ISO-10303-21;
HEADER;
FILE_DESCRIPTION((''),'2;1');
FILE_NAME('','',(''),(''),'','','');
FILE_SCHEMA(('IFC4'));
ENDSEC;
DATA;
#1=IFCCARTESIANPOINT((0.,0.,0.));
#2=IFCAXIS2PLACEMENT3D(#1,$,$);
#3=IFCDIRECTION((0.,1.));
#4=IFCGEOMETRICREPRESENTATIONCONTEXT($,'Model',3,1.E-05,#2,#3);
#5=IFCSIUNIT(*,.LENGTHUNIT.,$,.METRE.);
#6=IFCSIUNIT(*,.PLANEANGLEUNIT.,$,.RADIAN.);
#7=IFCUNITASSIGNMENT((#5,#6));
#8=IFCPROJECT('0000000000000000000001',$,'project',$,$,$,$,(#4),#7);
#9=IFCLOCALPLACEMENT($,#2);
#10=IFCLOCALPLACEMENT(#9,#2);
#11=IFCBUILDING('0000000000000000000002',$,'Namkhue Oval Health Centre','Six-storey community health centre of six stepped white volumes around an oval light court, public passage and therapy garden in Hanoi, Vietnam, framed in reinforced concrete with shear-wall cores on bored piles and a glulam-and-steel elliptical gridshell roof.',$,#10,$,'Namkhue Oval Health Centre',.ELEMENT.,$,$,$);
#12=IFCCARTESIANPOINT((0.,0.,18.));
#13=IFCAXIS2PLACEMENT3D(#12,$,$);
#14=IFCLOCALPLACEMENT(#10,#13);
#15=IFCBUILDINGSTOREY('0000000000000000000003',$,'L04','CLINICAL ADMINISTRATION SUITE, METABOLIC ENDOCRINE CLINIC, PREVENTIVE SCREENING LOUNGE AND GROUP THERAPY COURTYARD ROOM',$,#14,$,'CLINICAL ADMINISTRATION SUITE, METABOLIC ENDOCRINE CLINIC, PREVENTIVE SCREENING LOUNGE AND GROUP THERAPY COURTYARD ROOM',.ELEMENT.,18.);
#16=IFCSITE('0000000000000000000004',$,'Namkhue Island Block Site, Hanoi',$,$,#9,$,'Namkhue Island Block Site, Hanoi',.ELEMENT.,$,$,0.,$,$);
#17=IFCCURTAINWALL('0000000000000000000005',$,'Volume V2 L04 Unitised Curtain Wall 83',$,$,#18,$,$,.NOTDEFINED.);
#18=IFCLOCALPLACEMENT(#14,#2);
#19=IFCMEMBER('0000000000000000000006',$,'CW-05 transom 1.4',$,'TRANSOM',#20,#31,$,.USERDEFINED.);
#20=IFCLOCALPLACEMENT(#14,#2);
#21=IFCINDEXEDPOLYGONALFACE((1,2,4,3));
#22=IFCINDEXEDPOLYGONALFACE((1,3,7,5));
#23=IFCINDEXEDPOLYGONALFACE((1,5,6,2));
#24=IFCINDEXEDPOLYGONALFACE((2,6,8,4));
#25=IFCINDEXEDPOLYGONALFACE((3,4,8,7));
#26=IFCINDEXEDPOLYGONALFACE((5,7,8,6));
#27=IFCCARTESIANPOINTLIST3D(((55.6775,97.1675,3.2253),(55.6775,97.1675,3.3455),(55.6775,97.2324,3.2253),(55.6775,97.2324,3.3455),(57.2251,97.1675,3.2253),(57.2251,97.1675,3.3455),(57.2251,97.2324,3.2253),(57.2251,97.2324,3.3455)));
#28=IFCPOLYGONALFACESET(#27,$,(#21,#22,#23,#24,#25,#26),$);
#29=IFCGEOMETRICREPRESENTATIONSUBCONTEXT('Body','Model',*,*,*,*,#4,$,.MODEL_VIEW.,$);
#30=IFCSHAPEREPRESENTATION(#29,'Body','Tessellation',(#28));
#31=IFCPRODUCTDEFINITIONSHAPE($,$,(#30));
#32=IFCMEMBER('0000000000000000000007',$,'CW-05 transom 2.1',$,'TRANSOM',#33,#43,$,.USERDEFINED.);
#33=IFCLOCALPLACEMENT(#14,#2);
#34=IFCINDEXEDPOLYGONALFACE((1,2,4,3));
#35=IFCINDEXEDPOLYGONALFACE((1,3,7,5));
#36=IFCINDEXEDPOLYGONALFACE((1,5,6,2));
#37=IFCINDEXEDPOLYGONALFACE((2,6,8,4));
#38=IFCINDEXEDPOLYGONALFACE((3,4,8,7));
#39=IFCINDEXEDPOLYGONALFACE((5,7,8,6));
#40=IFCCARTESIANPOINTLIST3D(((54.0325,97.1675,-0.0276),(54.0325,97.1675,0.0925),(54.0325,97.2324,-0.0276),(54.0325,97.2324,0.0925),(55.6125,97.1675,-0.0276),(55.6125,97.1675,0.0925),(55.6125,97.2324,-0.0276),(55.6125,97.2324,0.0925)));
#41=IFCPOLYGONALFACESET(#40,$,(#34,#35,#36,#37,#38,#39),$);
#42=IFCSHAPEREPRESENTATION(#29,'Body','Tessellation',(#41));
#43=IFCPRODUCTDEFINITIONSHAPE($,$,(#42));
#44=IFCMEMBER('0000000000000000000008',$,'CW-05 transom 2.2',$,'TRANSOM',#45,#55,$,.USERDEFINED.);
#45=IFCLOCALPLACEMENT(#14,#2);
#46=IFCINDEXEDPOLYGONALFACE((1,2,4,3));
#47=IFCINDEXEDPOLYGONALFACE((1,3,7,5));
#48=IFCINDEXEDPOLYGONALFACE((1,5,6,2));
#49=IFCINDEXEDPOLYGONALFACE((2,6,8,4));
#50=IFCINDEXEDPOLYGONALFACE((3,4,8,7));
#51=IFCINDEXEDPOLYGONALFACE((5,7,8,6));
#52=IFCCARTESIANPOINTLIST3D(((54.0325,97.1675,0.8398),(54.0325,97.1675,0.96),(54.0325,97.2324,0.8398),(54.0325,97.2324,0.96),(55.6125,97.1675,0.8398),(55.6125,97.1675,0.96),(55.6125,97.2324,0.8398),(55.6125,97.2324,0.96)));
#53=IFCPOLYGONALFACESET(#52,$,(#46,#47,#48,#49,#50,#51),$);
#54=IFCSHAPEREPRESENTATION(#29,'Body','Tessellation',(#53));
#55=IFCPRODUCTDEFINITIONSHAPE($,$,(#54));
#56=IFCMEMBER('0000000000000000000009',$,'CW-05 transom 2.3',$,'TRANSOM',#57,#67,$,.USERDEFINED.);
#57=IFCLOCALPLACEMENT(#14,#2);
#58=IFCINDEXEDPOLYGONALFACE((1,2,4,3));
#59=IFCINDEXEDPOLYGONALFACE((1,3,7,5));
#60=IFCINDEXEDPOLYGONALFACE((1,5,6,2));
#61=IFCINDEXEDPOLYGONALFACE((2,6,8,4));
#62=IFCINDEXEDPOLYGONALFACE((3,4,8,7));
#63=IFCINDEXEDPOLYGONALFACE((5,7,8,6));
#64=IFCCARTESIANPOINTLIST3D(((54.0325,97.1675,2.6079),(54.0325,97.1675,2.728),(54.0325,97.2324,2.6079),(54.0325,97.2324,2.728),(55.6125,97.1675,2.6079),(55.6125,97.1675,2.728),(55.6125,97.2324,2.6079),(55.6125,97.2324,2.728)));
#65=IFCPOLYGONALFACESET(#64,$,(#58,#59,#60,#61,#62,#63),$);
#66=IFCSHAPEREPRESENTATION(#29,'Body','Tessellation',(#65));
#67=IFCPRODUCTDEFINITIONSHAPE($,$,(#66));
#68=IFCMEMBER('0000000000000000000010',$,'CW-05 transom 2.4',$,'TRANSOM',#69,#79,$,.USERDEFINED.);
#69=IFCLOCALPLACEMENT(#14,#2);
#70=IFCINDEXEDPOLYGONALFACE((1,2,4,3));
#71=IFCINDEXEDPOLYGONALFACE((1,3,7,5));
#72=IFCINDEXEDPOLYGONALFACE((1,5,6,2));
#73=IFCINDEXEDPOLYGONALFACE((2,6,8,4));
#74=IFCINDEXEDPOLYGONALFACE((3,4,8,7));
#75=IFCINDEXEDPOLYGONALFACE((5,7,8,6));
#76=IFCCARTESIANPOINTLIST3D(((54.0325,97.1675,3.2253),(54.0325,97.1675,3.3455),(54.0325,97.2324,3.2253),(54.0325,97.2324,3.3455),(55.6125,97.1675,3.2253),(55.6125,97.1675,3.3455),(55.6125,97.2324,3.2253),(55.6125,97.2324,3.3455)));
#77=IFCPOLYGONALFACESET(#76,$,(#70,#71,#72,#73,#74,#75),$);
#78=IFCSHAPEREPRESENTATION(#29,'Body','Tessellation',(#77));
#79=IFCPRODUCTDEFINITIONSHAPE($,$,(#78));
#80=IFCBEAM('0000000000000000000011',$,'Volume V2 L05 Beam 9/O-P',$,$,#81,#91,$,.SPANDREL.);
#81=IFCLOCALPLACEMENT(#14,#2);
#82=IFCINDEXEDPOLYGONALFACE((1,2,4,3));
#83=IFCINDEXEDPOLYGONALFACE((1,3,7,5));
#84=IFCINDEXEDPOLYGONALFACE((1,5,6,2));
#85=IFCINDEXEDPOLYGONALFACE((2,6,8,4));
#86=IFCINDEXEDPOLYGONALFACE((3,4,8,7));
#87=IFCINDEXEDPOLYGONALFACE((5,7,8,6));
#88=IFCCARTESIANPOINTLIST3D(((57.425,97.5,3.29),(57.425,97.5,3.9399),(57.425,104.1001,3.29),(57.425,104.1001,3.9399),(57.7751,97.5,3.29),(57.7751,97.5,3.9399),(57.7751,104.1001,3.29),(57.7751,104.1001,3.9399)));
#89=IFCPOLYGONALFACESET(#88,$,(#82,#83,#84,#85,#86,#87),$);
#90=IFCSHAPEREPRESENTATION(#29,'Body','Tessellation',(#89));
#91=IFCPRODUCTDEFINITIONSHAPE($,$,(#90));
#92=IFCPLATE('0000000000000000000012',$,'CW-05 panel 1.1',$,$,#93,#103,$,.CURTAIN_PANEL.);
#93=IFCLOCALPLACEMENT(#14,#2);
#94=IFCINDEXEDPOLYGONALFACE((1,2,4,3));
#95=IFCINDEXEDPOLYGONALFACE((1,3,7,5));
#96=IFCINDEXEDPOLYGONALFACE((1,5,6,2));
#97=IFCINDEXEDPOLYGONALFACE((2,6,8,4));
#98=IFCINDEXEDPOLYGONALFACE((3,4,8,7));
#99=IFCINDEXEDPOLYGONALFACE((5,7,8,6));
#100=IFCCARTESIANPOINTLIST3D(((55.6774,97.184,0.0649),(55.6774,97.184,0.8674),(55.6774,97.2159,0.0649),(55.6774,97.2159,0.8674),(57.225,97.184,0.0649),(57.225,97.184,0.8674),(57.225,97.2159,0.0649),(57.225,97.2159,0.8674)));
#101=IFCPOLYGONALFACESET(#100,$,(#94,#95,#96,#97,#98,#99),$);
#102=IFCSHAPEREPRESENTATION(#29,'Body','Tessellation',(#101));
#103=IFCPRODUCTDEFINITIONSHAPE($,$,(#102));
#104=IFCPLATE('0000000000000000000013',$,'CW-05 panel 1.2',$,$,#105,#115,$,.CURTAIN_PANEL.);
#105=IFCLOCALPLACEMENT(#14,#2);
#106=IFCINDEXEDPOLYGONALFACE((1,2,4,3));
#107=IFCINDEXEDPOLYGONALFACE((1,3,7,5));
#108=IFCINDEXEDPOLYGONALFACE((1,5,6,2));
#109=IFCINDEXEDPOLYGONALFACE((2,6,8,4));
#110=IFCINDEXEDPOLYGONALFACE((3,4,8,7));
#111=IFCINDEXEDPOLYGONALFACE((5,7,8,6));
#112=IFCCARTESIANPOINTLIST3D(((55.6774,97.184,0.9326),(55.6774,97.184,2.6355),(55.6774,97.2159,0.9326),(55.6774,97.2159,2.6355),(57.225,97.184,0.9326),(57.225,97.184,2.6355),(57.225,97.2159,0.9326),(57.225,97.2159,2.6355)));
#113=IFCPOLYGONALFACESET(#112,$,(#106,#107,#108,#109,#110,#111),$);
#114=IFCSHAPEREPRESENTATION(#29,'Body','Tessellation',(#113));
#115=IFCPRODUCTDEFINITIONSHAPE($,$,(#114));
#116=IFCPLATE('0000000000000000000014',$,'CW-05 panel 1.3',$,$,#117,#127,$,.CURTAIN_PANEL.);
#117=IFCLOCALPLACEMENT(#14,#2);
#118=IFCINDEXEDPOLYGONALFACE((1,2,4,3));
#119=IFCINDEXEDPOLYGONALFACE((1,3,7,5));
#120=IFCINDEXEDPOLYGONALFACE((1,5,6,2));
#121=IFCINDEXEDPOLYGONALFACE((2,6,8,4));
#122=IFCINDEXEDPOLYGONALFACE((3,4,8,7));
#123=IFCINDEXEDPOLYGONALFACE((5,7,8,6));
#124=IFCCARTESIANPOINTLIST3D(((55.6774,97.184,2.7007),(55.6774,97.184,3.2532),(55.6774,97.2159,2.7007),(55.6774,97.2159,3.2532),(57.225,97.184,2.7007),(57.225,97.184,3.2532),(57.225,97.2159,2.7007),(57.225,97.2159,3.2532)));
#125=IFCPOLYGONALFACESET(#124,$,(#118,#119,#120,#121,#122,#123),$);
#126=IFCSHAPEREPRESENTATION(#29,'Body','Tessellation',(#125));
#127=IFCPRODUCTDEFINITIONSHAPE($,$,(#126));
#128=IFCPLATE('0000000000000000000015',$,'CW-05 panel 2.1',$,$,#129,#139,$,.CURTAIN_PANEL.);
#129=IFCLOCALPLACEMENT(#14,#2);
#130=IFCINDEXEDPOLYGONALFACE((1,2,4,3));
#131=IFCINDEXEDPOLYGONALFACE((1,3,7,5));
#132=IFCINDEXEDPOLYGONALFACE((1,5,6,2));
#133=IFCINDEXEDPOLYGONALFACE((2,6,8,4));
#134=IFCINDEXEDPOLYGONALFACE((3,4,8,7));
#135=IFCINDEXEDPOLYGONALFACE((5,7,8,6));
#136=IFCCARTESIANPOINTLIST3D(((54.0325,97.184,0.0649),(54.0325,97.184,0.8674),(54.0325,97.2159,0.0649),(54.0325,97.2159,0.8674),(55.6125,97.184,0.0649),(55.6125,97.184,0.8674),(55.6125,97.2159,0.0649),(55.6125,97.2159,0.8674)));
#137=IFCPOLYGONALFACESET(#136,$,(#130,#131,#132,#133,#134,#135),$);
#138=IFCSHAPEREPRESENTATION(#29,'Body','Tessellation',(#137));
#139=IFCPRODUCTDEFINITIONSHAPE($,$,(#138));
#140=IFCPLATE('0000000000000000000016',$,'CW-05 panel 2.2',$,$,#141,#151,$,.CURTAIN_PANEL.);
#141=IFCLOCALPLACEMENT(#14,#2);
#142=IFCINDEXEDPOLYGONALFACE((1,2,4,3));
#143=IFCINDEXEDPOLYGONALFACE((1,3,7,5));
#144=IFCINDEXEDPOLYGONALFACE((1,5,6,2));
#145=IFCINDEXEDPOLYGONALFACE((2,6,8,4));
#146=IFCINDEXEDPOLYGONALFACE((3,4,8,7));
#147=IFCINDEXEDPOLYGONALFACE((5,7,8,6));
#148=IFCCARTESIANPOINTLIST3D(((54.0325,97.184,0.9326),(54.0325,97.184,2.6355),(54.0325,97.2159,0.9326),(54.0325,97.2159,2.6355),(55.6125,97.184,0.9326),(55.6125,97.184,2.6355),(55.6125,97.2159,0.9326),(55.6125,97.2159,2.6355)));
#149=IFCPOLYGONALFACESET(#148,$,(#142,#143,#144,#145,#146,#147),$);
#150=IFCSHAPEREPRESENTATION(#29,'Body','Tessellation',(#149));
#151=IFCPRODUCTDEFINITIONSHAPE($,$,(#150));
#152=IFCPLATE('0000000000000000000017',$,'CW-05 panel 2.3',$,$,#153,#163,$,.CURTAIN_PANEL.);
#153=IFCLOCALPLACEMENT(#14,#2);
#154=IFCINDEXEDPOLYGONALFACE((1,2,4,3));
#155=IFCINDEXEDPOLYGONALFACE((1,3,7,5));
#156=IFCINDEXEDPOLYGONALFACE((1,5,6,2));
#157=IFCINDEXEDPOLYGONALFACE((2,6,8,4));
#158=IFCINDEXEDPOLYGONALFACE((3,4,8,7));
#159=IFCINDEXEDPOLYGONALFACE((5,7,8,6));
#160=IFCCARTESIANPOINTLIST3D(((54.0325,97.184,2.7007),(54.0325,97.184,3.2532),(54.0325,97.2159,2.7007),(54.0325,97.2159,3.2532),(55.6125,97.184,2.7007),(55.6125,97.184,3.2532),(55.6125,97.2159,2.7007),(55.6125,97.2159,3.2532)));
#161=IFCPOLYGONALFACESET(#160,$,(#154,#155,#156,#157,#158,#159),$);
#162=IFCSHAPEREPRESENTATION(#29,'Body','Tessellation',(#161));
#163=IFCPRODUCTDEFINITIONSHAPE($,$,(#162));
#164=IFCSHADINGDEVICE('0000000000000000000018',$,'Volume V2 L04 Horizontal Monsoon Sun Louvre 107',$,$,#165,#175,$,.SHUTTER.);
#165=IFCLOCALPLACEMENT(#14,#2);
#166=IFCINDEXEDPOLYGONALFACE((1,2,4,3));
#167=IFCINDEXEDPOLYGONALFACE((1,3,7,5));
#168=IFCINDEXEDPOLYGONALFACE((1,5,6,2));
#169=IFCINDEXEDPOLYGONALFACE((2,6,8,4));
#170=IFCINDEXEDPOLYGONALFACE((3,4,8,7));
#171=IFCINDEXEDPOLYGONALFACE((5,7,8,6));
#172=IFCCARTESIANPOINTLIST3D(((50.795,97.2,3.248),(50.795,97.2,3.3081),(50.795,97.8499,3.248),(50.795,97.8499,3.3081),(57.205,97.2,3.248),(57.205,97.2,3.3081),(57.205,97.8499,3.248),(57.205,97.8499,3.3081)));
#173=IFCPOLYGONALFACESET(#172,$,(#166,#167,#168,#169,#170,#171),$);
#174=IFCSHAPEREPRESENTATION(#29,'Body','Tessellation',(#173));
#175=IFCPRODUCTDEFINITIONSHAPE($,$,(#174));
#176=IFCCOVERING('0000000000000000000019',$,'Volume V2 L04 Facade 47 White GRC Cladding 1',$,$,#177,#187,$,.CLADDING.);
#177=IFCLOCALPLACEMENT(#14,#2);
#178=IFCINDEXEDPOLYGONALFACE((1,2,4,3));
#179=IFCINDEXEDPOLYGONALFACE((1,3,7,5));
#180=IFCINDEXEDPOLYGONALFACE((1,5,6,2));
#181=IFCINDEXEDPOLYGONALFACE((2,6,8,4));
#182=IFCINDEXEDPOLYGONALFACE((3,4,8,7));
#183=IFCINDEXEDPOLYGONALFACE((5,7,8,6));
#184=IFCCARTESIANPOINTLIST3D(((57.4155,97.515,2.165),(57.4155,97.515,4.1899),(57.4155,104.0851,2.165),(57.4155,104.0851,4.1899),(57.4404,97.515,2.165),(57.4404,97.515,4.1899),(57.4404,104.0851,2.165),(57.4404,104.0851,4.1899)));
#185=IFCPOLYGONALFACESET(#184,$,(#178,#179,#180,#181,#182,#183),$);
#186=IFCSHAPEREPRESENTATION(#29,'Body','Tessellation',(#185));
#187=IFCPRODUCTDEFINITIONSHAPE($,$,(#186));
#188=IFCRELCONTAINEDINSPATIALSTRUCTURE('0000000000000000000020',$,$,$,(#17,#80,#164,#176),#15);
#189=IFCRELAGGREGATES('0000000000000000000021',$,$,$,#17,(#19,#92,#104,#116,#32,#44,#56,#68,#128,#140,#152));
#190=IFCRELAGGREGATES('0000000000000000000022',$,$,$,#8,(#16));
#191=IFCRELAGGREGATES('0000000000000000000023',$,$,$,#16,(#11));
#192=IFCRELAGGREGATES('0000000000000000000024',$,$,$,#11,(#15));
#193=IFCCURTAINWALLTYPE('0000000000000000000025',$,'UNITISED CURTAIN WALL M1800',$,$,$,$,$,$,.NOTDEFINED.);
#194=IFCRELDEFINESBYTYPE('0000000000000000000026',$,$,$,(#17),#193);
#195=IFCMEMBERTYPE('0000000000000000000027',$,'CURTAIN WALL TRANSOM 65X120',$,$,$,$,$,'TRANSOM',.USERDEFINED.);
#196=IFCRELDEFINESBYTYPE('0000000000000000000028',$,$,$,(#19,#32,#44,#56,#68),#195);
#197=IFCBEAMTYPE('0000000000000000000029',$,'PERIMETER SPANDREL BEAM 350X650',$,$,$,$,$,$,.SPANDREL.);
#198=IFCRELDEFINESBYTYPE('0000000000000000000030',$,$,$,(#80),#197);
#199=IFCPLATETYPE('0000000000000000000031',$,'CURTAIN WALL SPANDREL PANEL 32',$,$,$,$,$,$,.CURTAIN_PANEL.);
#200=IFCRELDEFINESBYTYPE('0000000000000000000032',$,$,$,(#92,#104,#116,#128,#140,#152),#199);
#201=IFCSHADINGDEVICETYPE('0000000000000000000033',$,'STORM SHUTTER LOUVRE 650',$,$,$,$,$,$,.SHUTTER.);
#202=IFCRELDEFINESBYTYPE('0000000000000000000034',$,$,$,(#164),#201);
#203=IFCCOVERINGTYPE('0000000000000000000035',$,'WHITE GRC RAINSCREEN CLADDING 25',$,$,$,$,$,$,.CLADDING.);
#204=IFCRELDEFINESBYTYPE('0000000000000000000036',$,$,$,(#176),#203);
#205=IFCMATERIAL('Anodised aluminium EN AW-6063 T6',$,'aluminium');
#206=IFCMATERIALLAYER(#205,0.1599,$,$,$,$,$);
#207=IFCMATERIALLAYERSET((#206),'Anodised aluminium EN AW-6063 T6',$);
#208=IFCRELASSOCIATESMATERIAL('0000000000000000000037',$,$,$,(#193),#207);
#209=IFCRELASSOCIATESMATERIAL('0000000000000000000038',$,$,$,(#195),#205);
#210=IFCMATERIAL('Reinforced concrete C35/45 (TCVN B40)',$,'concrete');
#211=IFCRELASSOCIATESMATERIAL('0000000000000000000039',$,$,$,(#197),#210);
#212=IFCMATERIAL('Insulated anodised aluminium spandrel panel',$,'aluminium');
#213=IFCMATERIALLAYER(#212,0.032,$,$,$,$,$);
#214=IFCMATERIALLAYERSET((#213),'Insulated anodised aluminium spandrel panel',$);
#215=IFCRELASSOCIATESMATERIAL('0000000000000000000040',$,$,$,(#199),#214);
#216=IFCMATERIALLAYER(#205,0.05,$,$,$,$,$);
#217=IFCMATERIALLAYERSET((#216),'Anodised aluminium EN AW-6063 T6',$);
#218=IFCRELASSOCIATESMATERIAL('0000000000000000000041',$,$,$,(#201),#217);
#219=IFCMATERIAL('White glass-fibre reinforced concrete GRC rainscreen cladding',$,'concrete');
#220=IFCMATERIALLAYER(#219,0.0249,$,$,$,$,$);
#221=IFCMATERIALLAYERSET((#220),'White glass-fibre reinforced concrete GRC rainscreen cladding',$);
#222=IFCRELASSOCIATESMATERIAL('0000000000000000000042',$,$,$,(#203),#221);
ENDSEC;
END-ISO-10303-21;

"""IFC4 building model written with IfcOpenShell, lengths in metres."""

from ifc_helpers import new_model, si_unit, direction, frame, origin, origin_2d, place, context, subcontext, project, spatial, rectangle, extrude, material, layer, layer_set, material_profile, profile_set, type_object, element, aggregate, save


model = new_model("IFC4")

# Units and contexts
model_context = context("Model", 3, precision=1e-05, world=origin(), true_north=direction((0.0, 1.0)))
body_context = subcontext(model_context, "Body", "Model", "MODEL_VIEW")
ifc_project = project(units=[si_unit("LENGTHUNIT", "METRE"), si_unit("PLANEANGLEUNIT", "RADIAN")], contexts=[model_context])

# Site, building, storey
site_placement = place(None, origin())
site = spatial("IfcSite", under=ifc_project, at=site_placement, Name="Namkhue Island Block Site, Hanoi", LongName="Namkhue Island Block Site, Hanoi", CompositionType="ELEMENT", RefElevation=0.0)
building_placement = place(site_placement, origin())
building = spatial("IfcBuilding", under=site, at=building_placement, Name="Namkhue Oval Health Centre", Description="Six-storey community health centre of six stepped white volumes around an oval light court, public passage and therapy garden in Hanoi, Vietnam, framed in reinforced concrete with shear-wall cores on bored piles and a glulam-and-steel elliptical gridshell roof.", LongName="Namkhue Oval Health Centre", CompositionType="ELEMENT")
storey_placement = place(building_placement, frame((0.0, 0.0, 18.0)))
storey = spatial("IfcBuildingStorey", under=building, at=storey_placement, Name="L04", Description="CLINICAL ADMINISTRATION SUITE, METABOLIC ENDOCRINE CLINIC, PREVENTIVE SCREENING LOUNGE AND GROUP THERAPY COURTYARD ROOM", LongName="CLINICAL ADMINISTRATION SUITE, METABOLIC ENDOCRINE CLINIC, PREVENTIVE SCREENING LOUNGE AND GROUP THERAPY COURTYARD ROOM", CompositionType="ELEMENT", Elevation=18.0)

# Shared definitions
ifc_material_1 = material(Name="Reinforced concrete C35/45 (TCVN B40)", Category="concrete")

# Curtain wall, members
ifc_material_2 = material(Name="Anodised aluminium EN AW-6063 T6", Category="aluminium")
ifc_layer_1 = layer(ifc_material_2, 0.1599)
ifc_layer_set_1 = layer_set([ifc_layer_1], Name="Anodised aluminium EN AW-6063 T6")
curtain_wall_type = type_object("IfcCurtainWallType", Name="UNITISED CURTAIN WALL M1800", PredefinedType="NOTDEFINED", material=ifc_layer_set_1)
curtain_wall_placement = place(storey_placement, origin())
curtain_wall = element("IfcCurtainWall", 1, at=curtain_wall_placement, inside=storey, type_object=curtain_wall_type, Name="Volume V2 L04 Unitised Curtain Wall 83", PredefinedType="NOTDEFINED")
ifc_material_profile_1 = material_profile(ifc_material_2, rectangle(XDim=0.0649, YDim=0.1201, at=origin_2d()), Name="ALU 65x120")
ifc_profile_set_1 = profile_set([ifc_material_profile_1], Name="Anodised aluminium EN AW-6063 T6")
member_type_1 = type_object("IfcMemberType", Name="CURTAIN WALL TRANSOM 65X120", ElementType="TRANSOM", PredefinedType="USERDEFINED", material=ifc_profile_set_1)
member_1_placement = place(storey_placement, frame((57.2251, 97.2, 3.2854), z_axis=(-1.0, 0.0, 0.0), x_axis=(0.0, -1.0, 0.0)))
member_1 = element("IfcMember", 2, at=member_1_placement, type_object=member_type_1, Name="CW-05 transom 1.4", ObjectType="TRANSOM", PredefinedType="USERDEFINED", context=body_context, shape_type="SweptSolid", body=[
    extrude(rectangle(XDim=0.0649, YDim=0.1201, at=origin_2d()), origin(), (0.0, 0.0, 1.0), 1.5476),
])
member_2_placement = place(storey_placement, frame((55.6125, 97.2, 0.0325), z_axis=(-1.0, 0.0, 0.0), x_axis=(0.0, -1.0, 0.0)))
member_2 = element("IfcMember", 3, at=member_2_placement, type_object=member_type_1, Name="CW-05 transom 2.1", ObjectType="TRANSOM", PredefinedType="USERDEFINED", context=body_context, shape_type="SweptSolid", body=[
    extrude(rectangle(XDim=0.0649, YDim=0.1201, at=origin_2d()), origin(), (0.0, 0.0, 1.0), 1.5801),
])
member_3_placement = place(storey_placement, frame((55.6125, 97.2, 0.8999), z_axis=(-1.0, 0.0, 0.0), x_axis=(0.0, -1.0, 0.0)))
member_3 = element("IfcMember", 4, at=member_3_placement, type_object=member_type_1, Name="CW-05 transom 2.2", ObjectType="TRANSOM", PredefinedType="USERDEFINED", context=body_context, shape_type="SweptSolid", body=[
    extrude(rectangle(XDim=0.0649, YDim=0.1201, at=origin_2d()), origin(), (0.0, 0.0, 1.0), 1.5801),
])
member_4_placement = place(storey_placement, frame((55.6125, 97.2, 2.668), z_axis=(-1.0, 0.0, 0.0), x_axis=(0.0, -1.0, 0.0)))
member_4 = element("IfcMember", 5, at=member_4_placement, type_object=member_type_1, Name="CW-05 transom 2.3", ObjectType="TRANSOM", PredefinedType="USERDEFINED", context=body_context, shape_type="SweptSolid", body=[
    extrude(rectangle(XDim=0.0649, YDim=0.1201, at=origin_2d()), origin(), (0.0, 0.0, 1.0), 1.5801),
])
member_5_placement = place(storey_placement, frame((55.6125, 97.2, 3.2854), z_axis=(-1.0, 0.0, 0.0), x_axis=(0.0, -1.0, 0.0)))
member_5 = element("IfcMember", 6, at=member_5_placement, type_object=member_type_1, Name="CW-05 transom 2.4", ObjectType="TRANSOM", PredefinedType="USERDEFINED", context=body_context, shape_type="SweptSolid", body=[
    extrude(rectangle(XDim=0.0649, YDim=0.1201, at=origin_2d()), origin(), (0.0, 0.0, 1.0), 1.5801),
])

# Beam
ifc_material_profile_2 = material_profile(ifc_material_1, rectangle(XDim=0.3501, YDim=0.6499, at=origin_2d()), Name="RC 350x650")
ifc_profile_set_2 = profile_set([ifc_material_profile_2], Name="Reinforced concrete C35/45 (TCVN B40)")
beam_type = type_object("IfcBeamType", Name="PERIMETER SPANDREL BEAM 350X650", PredefinedType="SPANDREL", material=ifc_profile_set_2)
beam_placement = place(storey_placement, frame((57.6001, 97.5, 3.615), z_axis=(0.0, 1.0, 0.0), x_axis=(-1.0, 0.0, 0.0)))
element("IfcBeam", 7, at=beam_placement, inside=storey, type_object=beam_type, Name="Volume V2 L05 Beam 9/O-P", PredefinedType="SPANDREL", context=body_context, shape_type="SweptSolid", body=[
    extrude(rectangle(XDim=0.3501, YDim=0.6499, at=origin_2d()), origin(), (0.0, 0.0, 1.0), 6.6001),
])

# Plates
ifc_material_3 = material(Name="Insulated anodised aluminium spandrel panel", Category="aluminium")
ifc_layer_2 = layer(ifc_material_3, 0.032)
ifc_layer_set_2 = layer_set([ifc_layer_2], Name="Insulated anodised aluminium spandrel panel")
plate_type = type_object("IfcPlateType", Name="CURTAIN WALL SPANDREL PANEL 32", PredefinedType="CURTAIN_PANEL", material=ifc_layer_set_2)
plate_1_placement = place(storey_placement, frame((56.4512, 97.2, 0.0649), z_axis=(0.0, 0.0, 1.0), x_axis=(-1.0, 0.0, 0.0)))
plate_1 = element("IfcPlate", 8, at=plate_1_placement, type_object=plate_type, Name="CW-05 panel 1.1", PredefinedType="CURTAIN_PANEL", context=body_context, shape_type="SweptSolid", body=[
    extrude(rectangle(XDim=1.5476, YDim=0.032, at=origin_2d()), origin(), (0.0, 0.0, 1.0), 0.8025),
])
plate_2_placement = place(storey_placement, frame((56.4512, 97.2, 0.9326), z_axis=(0.0, 0.0, 1.0), x_axis=(-1.0, 0.0, 0.0)))
plate_2 = element("IfcPlate", 9, at=plate_2_placement, type_object=plate_type, Name="CW-05 panel 1.2", PredefinedType="CURTAIN_PANEL", context=body_context, shape_type="SweptSolid", body=[
    extrude(rectangle(XDim=1.5476, YDim=0.032, at=origin_2d()), origin(), (0.0, 0.0, 1.0), 1.7029),
])
plate_3_placement = place(storey_placement, frame((56.4512, 97.2, 2.7007), z_axis=(0.0, 0.0, 1.0), x_axis=(-1.0, 0.0, 0.0)))
plate_3 = element("IfcPlate", 10, at=plate_3_placement, type_object=plate_type, Name="CW-05 panel 1.3", PredefinedType="CURTAIN_PANEL", context=body_context, shape_type="SweptSolid", body=[
    extrude(rectangle(XDim=1.5476, YDim=0.032, at=origin_2d()), origin(), (0.0, 0.0, 1.0), 0.5525),
])
plate_4_placement = place(storey_placement, frame((54.8225, 97.2, 0.0649), z_axis=(0.0, 0.0, 1.0), x_axis=(-1.0, 0.0, 0.0)))
plate_4 = element("IfcPlate", 11, at=plate_4_placement, type_object=plate_type, Name="CW-05 panel 2.1", PredefinedType="CURTAIN_PANEL", context=body_context, shape_type="SweptSolid", body=[
    extrude(rectangle(XDim=1.5801, YDim=0.032, at=origin_2d()), origin(), (0.0, 0.0, 1.0), 0.8025),
])
plate_5_placement = place(storey_placement, frame((54.8225, 97.2, 0.9326), z_axis=(0.0, 0.0, 1.0), x_axis=(-1.0, 0.0, 0.0)))
plate_5 = element("IfcPlate", 12, at=plate_5_placement, type_object=plate_type, Name="CW-05 panel 2.2", PredefinedType="CURTAIN_PANEL", context=body_context, shape_type="SweptSolid", body=[
    extrude(rectangle(XDim=1.5801, YDim=0.032, at=origin_2d()), origin(), (0.0, 0.0, 1.0), 1.7029),
])
plate_6_placement = place(storey_placement, frame((54.8225, 97.2, 2.7007), z_axis=(0.0, 0.0, 1.0), x_axis=(-1.0, 0.0, 0.0)))
plate_6 = element("IfcPlate", 13, at=plate_6_placement, type_object=plate_type, Name="CW-05 panel 2.3", PredefinedType="CURTAIN_PANEL", context=body_context, shape_type="SweptSolid", body=[
    extrude(rectangle(XDim=1.5801, YDim=0.032, at=origin_2d()), origin(), (0.0, 0.0, 1.0), 0.5525),
])
aggregate(curtain_wall, [member_1, plate_1, plate_2, plate_3, member_2, member_3, member_4, member_5, plate_4, plate_5, plate_6])

# Shading device
ifc_layer_3 = layer(ifc_material_2, 0.05)
ifc_layer_set_3 = layer_set([ifc_layer_3], Name="Anodised aluminium EN AW-6063 T6")
shading_device_type = type_object("IfcShadingDeviceType", Name="STORM SHUTTER LOUVRE 650", PredefinedType="SHUTTER", material=ifc_layer_set_3)
shading_device_placement = place(storey_placement, frame((54.0, 97.5249, 3.248), z_axis=(0.0, 0.0, 1.0), x_axis=(-1.0, 0.0, 0.0)))
element("IfcShadingDevice", 14, at=shading_device_placement, inside=storey, type_object=shading_device_type, Name="Volume V2 L04 Horizontal Monsoon Sun Louvre 107", PredefinedType="SHUTTER", context=body_context, shape_type="SweptSolid", body=[
    extrude(rectangle(XDim=6.4099, YDim=0.6499, at=origin_2d()), origin(), (0.0, 0.0, 1.0), 0.0601),
])

# Covering
ifc_material_4 = material(Name="White glass-fibre reinforced concrete GRC rainscreen cladding", Category="concrete")
ifc_layer_4 = layer(ifc_material_4, 0.0249)
ifc_layer_set_4 = layer_set([ifc_layer_4], Name="White glass-fibre reinforced concrete GRC rainscreen cladding")
covering_type = type_object("IfcCoveringType", Name="WHITE GRC RAINSCREEN CLADDING 25", PredefinedType="CLADDING", material=ifc_layer_set_4)
covering_1_placement = place(storey_placement, frame((57.428, 100.8, 2.165), z_axis=(0.0, 0.0, 1.0), x_axis=(0.0, -1.0, 0.0)))
element("IfcCovering", 15, at=covering_1_placement, inside=storey, type_object=covering_type, Name="Volume V2 L04 Facade 47 White GRC Cladding 1", PredefinedType="CLADDING", context=body_context, shape_type="SweptSolid", body=[
    extrude(rectangle(XDim=6.5701, YDim=0.0249, at=origin_2d()), origin(), (0.0, 0.0, 1.0), 2.0249),
])

save(model, "model.ifc")
